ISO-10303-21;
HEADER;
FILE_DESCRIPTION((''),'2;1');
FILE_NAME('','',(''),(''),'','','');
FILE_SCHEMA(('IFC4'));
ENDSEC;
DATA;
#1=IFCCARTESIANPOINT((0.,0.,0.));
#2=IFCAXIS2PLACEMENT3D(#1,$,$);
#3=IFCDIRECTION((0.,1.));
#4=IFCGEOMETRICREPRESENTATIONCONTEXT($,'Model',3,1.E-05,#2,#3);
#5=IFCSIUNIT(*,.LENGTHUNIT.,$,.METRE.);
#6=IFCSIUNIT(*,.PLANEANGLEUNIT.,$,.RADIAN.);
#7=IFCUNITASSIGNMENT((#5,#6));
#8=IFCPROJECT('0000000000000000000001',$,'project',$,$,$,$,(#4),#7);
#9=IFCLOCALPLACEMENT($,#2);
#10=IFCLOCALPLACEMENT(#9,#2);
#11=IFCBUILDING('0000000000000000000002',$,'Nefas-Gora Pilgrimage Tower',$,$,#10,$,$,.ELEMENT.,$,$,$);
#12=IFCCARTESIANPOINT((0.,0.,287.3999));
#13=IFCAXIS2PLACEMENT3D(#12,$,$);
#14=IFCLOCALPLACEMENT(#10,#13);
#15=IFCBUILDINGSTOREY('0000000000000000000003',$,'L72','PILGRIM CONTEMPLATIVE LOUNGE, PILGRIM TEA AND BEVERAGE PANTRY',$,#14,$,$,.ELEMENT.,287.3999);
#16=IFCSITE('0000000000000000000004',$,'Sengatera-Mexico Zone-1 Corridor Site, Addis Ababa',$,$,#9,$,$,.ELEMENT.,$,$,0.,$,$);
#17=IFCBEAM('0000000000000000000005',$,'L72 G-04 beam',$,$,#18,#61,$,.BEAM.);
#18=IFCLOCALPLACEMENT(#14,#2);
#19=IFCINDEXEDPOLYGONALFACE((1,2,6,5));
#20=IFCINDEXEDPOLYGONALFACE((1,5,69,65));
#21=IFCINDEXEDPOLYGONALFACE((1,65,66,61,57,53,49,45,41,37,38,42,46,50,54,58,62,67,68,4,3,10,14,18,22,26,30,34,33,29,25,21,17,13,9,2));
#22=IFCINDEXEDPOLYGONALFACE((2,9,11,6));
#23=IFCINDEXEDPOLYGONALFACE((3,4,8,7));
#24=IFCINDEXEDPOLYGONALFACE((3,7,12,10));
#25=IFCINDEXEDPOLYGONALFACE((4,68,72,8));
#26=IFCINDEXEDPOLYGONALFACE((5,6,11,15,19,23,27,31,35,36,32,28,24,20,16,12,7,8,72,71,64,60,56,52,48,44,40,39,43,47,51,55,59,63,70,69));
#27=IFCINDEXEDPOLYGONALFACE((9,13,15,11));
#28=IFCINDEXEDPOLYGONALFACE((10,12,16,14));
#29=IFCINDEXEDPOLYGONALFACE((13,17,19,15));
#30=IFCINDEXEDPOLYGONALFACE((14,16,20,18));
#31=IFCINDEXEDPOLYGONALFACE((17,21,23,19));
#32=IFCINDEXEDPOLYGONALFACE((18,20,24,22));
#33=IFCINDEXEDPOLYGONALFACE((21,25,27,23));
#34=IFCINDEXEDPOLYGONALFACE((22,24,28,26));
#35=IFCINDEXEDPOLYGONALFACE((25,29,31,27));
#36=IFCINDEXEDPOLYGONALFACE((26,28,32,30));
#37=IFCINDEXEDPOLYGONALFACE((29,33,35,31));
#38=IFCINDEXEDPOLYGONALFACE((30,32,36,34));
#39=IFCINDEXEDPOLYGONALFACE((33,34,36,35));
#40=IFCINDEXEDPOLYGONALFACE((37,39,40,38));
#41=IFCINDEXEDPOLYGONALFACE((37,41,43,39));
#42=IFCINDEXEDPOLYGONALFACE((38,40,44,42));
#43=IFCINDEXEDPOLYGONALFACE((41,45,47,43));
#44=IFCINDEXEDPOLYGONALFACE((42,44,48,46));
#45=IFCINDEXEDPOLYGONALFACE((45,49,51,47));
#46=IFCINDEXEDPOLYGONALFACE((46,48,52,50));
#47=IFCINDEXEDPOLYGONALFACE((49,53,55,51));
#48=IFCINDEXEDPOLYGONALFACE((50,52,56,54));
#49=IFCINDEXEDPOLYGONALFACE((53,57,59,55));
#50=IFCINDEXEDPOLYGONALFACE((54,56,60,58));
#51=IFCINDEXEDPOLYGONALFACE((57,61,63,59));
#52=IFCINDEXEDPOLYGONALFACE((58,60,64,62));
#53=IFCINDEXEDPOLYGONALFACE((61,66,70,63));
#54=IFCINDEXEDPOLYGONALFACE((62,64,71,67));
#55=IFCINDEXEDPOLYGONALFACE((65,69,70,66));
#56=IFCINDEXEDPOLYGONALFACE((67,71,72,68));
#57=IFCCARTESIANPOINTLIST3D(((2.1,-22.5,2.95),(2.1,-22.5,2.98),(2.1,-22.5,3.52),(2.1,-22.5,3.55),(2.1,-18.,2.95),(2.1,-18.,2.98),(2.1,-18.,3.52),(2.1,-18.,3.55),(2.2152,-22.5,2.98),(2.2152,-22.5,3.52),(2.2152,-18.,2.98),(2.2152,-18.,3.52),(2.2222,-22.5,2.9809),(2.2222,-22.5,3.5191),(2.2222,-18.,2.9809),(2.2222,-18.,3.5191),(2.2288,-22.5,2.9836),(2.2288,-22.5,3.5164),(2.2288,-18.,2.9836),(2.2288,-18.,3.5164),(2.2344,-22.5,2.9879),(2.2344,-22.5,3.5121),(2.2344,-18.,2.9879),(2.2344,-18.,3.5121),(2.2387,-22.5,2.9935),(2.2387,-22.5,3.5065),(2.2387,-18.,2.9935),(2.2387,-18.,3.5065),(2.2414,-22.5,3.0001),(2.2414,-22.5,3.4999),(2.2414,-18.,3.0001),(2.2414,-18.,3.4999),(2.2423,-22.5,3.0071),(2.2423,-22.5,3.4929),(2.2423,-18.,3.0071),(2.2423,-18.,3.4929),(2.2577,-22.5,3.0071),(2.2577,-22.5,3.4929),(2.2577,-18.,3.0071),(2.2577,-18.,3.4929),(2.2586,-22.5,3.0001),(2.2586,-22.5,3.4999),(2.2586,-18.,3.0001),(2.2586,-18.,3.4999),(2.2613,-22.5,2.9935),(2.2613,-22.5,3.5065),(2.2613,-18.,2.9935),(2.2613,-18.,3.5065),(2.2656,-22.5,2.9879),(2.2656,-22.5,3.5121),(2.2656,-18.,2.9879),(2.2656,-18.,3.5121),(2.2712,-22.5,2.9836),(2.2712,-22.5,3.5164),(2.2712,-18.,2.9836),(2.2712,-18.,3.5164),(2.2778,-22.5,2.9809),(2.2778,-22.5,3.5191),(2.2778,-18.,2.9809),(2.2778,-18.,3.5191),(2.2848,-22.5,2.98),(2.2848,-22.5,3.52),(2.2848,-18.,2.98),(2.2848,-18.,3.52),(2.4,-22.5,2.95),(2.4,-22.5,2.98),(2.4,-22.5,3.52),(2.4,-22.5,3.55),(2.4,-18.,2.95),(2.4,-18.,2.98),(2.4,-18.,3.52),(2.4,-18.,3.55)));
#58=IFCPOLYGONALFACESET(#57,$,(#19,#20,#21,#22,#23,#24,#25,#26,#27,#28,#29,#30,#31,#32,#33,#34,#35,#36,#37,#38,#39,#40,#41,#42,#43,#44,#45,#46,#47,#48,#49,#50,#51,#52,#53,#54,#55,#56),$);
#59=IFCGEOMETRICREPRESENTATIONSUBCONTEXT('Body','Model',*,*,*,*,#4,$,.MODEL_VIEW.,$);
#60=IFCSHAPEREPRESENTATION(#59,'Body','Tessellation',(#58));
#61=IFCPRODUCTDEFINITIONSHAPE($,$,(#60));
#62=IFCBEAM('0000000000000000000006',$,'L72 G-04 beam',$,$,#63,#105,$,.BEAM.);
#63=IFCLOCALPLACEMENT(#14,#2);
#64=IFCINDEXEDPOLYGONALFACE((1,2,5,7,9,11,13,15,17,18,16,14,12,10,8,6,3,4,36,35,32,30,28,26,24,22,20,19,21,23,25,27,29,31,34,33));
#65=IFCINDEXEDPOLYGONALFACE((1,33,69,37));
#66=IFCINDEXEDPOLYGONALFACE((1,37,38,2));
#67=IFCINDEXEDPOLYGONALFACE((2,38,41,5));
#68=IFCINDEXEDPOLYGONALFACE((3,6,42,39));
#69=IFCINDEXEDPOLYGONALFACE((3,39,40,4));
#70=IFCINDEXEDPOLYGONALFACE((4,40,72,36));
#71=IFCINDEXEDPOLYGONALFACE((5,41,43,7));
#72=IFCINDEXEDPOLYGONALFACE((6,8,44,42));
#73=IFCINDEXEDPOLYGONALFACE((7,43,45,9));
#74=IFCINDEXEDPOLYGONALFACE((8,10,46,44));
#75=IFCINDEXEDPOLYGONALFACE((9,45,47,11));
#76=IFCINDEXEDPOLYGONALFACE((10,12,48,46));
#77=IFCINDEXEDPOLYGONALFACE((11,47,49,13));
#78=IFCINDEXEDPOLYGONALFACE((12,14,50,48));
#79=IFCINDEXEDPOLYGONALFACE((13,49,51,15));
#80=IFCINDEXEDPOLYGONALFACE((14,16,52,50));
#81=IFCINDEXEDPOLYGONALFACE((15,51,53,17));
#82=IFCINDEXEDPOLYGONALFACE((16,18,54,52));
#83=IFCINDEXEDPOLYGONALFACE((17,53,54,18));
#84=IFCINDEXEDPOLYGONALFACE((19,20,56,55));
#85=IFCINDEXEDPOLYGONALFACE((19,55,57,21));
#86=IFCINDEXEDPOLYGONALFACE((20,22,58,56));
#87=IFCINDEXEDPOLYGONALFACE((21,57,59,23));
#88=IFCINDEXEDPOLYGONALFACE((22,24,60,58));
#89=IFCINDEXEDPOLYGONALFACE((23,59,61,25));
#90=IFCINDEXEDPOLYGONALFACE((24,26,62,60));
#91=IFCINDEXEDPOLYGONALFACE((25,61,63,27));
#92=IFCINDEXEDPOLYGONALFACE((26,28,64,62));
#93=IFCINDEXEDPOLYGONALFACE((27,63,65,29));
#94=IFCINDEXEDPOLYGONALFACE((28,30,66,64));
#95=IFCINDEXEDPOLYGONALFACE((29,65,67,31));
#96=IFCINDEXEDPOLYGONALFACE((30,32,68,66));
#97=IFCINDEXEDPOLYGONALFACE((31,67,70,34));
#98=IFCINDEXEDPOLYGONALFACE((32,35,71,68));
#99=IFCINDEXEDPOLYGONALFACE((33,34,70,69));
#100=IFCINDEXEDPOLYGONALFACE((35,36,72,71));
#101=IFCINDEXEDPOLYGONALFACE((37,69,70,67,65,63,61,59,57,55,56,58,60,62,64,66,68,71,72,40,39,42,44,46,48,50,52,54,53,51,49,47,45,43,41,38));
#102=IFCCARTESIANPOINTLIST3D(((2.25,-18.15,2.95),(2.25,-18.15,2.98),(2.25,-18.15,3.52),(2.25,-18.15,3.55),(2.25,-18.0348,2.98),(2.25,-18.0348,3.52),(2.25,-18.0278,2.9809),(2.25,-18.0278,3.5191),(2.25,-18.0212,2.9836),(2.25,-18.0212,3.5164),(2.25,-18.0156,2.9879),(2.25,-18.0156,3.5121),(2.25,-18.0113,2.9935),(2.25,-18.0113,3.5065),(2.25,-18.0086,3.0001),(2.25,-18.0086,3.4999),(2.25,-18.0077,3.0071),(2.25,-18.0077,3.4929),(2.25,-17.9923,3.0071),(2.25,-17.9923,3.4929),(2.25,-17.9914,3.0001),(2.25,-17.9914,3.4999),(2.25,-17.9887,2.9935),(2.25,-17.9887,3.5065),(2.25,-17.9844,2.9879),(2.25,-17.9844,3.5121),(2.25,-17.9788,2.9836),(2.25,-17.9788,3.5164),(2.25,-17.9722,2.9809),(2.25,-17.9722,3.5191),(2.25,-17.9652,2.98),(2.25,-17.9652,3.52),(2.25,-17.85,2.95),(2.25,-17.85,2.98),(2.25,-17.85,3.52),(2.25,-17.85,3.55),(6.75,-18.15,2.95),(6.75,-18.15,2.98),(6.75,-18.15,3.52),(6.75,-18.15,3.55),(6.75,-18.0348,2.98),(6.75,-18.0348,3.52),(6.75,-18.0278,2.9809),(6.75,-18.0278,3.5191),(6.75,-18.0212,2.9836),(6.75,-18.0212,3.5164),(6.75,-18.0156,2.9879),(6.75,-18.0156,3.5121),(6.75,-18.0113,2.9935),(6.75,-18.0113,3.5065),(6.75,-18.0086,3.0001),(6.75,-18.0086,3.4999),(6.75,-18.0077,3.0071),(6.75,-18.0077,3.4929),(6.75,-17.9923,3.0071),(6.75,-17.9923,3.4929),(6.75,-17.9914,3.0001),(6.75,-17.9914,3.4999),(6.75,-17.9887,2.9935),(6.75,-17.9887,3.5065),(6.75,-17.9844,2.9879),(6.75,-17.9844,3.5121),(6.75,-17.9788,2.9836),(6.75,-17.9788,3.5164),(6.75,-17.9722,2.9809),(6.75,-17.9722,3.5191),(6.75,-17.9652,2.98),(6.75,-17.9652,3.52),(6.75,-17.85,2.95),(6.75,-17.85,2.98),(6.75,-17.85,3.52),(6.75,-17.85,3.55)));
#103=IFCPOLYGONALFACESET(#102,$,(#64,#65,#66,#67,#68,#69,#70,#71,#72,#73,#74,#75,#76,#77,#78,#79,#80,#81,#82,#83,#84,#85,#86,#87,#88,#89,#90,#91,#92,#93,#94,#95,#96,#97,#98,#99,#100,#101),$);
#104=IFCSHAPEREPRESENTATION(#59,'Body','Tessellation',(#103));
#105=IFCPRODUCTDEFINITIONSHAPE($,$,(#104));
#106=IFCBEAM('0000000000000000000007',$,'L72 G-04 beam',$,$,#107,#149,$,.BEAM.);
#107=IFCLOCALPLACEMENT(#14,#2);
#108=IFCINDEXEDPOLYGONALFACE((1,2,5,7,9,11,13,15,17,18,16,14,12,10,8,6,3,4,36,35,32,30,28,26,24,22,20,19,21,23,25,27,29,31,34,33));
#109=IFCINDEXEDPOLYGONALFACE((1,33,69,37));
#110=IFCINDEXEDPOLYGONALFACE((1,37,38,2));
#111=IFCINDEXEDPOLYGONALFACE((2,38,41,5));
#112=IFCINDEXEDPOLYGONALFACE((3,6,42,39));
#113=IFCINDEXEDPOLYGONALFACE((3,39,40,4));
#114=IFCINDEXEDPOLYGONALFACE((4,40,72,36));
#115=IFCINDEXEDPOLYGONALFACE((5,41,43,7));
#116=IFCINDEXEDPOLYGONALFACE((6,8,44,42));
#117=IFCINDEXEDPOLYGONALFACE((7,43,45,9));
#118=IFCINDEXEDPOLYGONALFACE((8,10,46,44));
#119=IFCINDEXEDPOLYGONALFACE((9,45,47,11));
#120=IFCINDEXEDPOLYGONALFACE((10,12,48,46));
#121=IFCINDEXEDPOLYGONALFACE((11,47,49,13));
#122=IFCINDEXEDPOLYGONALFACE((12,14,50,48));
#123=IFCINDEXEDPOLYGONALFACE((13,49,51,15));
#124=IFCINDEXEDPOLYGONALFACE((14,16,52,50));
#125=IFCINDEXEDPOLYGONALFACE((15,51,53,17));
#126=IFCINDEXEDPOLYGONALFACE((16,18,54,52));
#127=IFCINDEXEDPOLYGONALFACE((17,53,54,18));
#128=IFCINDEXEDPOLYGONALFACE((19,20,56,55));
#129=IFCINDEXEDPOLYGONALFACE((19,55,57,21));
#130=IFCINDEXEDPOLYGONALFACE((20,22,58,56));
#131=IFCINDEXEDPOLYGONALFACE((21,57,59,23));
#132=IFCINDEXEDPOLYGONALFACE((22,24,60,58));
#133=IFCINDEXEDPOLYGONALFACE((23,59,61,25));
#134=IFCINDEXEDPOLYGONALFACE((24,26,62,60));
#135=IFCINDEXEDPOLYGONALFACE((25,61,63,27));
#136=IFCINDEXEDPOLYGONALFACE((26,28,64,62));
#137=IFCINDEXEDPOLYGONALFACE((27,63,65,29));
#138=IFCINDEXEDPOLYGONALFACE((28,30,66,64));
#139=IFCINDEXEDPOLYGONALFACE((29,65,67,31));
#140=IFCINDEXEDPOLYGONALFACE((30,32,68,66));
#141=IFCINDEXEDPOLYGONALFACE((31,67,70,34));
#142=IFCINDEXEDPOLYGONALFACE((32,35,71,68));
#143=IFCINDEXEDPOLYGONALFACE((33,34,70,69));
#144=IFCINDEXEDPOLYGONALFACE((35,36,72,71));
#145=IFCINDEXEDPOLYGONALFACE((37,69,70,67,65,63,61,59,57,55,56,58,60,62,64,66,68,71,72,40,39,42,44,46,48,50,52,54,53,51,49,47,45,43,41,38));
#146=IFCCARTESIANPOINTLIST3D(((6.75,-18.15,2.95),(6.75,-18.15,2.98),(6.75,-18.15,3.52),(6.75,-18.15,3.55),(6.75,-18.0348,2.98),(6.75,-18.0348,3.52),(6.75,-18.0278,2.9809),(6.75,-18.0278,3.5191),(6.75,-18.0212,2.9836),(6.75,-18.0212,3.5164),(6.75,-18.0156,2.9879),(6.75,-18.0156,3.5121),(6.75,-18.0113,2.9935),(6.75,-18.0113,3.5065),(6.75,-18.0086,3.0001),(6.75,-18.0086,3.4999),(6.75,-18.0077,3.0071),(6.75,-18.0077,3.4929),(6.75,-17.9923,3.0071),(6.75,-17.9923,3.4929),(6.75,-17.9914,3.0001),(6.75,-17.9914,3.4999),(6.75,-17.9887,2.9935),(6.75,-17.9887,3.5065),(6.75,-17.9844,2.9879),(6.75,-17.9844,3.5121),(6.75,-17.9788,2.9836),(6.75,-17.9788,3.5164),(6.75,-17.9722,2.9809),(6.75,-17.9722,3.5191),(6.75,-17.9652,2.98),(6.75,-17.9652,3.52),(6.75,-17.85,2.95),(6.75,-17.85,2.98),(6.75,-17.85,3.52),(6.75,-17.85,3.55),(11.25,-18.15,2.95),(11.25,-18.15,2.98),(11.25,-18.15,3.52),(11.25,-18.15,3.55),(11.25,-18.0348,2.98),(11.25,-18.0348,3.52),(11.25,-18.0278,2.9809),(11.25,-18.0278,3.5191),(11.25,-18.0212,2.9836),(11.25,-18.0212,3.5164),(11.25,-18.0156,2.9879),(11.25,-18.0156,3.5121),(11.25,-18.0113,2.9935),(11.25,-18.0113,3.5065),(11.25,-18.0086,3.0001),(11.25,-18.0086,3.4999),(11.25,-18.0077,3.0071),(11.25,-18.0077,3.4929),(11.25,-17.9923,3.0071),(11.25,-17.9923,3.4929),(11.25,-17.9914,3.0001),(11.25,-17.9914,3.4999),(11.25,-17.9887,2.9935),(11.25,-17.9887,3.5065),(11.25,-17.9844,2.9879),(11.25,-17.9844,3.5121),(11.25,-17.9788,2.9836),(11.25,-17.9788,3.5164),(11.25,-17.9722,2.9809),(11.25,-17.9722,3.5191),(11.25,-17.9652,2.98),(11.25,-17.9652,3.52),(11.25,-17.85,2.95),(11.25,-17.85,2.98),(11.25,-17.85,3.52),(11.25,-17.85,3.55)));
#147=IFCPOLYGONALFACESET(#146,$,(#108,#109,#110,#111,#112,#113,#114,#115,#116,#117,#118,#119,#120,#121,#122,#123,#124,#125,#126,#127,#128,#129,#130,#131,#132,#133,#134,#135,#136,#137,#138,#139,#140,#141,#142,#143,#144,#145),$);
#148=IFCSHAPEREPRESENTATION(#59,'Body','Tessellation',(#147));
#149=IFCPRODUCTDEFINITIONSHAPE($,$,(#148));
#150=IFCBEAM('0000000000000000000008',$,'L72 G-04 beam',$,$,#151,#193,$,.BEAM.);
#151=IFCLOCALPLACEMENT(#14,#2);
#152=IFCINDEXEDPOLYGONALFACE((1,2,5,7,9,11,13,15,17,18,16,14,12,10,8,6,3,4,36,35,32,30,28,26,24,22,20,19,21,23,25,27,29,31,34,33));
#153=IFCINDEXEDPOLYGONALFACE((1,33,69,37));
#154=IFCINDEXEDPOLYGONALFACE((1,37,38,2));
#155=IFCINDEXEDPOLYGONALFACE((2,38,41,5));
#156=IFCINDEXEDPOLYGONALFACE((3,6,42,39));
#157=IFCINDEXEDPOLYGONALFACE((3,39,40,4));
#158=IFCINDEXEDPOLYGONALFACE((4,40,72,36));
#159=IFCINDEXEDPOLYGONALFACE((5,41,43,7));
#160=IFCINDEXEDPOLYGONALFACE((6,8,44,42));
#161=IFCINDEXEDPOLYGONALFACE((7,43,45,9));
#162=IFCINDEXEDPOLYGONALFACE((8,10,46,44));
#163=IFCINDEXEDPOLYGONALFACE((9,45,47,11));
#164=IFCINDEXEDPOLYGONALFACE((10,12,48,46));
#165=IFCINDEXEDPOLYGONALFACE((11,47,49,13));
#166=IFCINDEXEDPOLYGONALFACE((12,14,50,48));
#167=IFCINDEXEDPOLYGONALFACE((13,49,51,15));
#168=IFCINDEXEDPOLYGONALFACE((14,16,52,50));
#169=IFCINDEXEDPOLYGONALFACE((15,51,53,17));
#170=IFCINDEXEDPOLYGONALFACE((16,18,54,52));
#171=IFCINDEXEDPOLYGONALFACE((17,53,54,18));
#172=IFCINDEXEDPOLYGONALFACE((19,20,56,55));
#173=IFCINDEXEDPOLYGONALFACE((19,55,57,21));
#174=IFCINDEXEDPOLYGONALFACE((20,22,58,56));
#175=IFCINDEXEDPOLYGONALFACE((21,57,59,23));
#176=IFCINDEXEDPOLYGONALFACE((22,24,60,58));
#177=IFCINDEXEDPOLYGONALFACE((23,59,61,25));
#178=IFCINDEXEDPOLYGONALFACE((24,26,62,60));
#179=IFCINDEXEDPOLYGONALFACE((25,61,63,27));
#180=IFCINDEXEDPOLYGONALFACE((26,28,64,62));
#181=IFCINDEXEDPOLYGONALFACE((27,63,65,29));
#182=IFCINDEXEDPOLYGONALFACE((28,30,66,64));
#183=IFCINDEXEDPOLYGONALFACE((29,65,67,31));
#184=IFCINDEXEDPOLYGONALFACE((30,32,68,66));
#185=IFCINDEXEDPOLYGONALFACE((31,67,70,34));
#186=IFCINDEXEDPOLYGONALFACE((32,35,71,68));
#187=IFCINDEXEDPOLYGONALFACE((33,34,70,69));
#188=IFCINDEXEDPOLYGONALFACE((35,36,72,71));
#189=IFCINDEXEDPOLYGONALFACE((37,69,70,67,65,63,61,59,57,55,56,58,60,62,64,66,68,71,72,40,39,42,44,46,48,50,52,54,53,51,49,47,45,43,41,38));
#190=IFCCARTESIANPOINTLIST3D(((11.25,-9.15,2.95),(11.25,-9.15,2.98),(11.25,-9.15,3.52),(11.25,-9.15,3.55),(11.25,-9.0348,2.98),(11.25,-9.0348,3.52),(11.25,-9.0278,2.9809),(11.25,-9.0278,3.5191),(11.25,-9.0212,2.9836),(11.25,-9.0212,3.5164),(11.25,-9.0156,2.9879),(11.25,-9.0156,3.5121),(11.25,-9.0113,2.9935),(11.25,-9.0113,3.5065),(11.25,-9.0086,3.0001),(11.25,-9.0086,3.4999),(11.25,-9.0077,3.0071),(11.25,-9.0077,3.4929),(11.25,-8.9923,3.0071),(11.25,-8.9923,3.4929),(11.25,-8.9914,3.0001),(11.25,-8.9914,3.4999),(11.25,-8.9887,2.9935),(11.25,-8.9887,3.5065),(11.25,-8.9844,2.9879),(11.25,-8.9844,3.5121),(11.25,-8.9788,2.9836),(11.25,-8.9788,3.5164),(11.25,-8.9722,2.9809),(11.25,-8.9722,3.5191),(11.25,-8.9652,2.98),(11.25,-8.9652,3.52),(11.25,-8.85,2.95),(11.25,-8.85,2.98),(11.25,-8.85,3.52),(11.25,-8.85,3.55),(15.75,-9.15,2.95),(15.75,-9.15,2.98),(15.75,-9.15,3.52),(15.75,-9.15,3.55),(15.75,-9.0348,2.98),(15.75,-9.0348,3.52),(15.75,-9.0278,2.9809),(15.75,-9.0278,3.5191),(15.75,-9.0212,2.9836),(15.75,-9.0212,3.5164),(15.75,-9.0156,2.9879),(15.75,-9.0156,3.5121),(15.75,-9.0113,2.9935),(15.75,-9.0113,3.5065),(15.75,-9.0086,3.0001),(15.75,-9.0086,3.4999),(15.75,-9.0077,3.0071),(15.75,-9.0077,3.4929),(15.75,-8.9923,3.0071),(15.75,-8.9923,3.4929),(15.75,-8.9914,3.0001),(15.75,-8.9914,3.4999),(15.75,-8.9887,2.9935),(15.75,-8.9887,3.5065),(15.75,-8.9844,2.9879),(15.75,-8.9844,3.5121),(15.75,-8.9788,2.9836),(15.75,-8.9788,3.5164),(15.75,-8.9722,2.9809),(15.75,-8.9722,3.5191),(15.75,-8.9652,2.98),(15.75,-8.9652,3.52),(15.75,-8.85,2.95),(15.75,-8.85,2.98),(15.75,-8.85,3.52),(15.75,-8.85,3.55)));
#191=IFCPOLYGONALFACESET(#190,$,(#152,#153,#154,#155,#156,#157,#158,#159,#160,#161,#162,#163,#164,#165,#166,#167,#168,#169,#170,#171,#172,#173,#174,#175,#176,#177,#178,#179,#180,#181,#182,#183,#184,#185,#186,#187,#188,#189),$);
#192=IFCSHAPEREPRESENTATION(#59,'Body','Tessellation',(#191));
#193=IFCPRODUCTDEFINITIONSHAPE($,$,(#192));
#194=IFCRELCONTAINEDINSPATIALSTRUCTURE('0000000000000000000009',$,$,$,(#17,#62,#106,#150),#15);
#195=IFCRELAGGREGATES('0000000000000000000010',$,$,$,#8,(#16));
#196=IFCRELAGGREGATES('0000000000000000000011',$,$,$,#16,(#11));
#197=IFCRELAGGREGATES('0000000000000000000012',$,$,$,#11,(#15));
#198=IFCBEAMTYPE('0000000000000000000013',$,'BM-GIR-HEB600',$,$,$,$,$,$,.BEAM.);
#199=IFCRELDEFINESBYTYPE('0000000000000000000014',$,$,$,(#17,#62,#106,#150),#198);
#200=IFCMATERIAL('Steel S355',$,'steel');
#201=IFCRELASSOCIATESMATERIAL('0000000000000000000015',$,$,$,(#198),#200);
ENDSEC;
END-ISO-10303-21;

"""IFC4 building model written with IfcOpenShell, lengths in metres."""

from ifc_helpers import new_model, si_unit, direction, frame, origin, origin_2d, place, context, subcontext, project, spatial, i_section, extrude, source, transform, mapped, material, material_profile, profile_set, type_object, element, save


model = new_model("IFC4")

# Units and contexts
model_context = context("Model", 3, precision=1e-05, world=origin(), true_north=direction((0.0, 1.0)))
body_context = subcontext(model_context, "Body", "Model", "MODEL_VIEW")
ifc_project = project(units=[si_unit("LENGTHUNIT", "METRE"), si_unit("PLANEANGLEUNIT", "RADIAN")], contexts=[model_context])

# Site, building, storey
site_placement = place(None, origin())
site = spatial("IfcSite", under=ifc_project, at=site_placement, Name="Sengatera-Mexico Zone-1 Corridor Site, Addis Ababa", CompositionType="ELEMENT", RefElevation=0.0)
building_placement = place(site_placement, origin())
building = spatial("IfcBuilding", under=site, at=building_placement, Name="Nefas-Gora Pilgrimage Tower", CompositionType="ELEMENT")
storey_placement = place(building_placement, frame((0.0, 0.0, 287.3999)))
storey = spatial("IfcBuildingStorey", under=building, at=storey_placement, Name="L72", Description="PILGRIM CONTEMPLATIVE LOUNGE, PILGRIM TEA AND BEVERAGE PANTRY", CompositionType="ELEMENT", Elevation=287.3999)

# Shared definitions
ifc_material_1 = material(Name="Steel S355", Category="steel")

# Beams
ifc_material_profile_1 = material_profile(ifc_material_1, i_section(OverallWidth=0.3, OverallDepth=0.6001, WebThickness=0.0154, FlangeThickness=0.03, FilletRadius=0.0271, at=origin_2d()), Name="HEB 600")
ifc_profile_set_1 = profile_set([ifc_material_profile_1], Name="Steel S355")
beam_type = type_object("IfcBeamType", Name="BM-GIR-HEB600", PredefinedType="BEAM", material=ifc_profile_set_1)
shared_shape_1 = source(origin(), body_context, "Body", "SweptSolid", [
    extrude(i_section(OverallWidth=0.3, OverallDepth=0.6001, WebThickness=0.0154, FlangeThickness=0.03, FilletRadius=0.0271, at=origin_2d()), origin(), (0.0, 0.0, 1.0), 4.5),
])
for number, where, z_axis, x_axis, name in (
    (1, (2.25, -22.5, 3.25), (0.0, 1.0, 0.0), (-1.0, 0.0, 0.0), "L72 G-04 beam"),
    (2, (2.25, -18.0, 3.25), (1.0, 0.0, 0.0), (0.0, 1.0, 0.0), "L72 G-04 beam"),
    (3, (6.75, -18.0, 3.25), (1.0, 0.0, 0.0), (0.0, 1.0, 0.0), "L72 G-04 beam"),
    (4, (11.25, -9.0, 3.25), (1.0, 0.0, 0.0), (0.0, 1.0, 0.0), "L72 G-04 beam"),
):
    element("IfcBeam", number, at=place(storey_placement, frame(where, z_axis=z_axis, x_axis=x_axis)), inside=storey, type_object=beam_type, Name=name, PredefinedType="BEAM", context=body_context, shape_type="MappedRepresentation", body=[
        mapped(shared_shape_1, transform((0.0, 0.0, 0.0), x_axis=(1.0, 0.0, 0.0), y_axis=(0.0, 1.0, 0.0), z_axis=(0.0, 0.0, 1.0), scale=1.0)),
    ])

save(model, "model.ifc")
